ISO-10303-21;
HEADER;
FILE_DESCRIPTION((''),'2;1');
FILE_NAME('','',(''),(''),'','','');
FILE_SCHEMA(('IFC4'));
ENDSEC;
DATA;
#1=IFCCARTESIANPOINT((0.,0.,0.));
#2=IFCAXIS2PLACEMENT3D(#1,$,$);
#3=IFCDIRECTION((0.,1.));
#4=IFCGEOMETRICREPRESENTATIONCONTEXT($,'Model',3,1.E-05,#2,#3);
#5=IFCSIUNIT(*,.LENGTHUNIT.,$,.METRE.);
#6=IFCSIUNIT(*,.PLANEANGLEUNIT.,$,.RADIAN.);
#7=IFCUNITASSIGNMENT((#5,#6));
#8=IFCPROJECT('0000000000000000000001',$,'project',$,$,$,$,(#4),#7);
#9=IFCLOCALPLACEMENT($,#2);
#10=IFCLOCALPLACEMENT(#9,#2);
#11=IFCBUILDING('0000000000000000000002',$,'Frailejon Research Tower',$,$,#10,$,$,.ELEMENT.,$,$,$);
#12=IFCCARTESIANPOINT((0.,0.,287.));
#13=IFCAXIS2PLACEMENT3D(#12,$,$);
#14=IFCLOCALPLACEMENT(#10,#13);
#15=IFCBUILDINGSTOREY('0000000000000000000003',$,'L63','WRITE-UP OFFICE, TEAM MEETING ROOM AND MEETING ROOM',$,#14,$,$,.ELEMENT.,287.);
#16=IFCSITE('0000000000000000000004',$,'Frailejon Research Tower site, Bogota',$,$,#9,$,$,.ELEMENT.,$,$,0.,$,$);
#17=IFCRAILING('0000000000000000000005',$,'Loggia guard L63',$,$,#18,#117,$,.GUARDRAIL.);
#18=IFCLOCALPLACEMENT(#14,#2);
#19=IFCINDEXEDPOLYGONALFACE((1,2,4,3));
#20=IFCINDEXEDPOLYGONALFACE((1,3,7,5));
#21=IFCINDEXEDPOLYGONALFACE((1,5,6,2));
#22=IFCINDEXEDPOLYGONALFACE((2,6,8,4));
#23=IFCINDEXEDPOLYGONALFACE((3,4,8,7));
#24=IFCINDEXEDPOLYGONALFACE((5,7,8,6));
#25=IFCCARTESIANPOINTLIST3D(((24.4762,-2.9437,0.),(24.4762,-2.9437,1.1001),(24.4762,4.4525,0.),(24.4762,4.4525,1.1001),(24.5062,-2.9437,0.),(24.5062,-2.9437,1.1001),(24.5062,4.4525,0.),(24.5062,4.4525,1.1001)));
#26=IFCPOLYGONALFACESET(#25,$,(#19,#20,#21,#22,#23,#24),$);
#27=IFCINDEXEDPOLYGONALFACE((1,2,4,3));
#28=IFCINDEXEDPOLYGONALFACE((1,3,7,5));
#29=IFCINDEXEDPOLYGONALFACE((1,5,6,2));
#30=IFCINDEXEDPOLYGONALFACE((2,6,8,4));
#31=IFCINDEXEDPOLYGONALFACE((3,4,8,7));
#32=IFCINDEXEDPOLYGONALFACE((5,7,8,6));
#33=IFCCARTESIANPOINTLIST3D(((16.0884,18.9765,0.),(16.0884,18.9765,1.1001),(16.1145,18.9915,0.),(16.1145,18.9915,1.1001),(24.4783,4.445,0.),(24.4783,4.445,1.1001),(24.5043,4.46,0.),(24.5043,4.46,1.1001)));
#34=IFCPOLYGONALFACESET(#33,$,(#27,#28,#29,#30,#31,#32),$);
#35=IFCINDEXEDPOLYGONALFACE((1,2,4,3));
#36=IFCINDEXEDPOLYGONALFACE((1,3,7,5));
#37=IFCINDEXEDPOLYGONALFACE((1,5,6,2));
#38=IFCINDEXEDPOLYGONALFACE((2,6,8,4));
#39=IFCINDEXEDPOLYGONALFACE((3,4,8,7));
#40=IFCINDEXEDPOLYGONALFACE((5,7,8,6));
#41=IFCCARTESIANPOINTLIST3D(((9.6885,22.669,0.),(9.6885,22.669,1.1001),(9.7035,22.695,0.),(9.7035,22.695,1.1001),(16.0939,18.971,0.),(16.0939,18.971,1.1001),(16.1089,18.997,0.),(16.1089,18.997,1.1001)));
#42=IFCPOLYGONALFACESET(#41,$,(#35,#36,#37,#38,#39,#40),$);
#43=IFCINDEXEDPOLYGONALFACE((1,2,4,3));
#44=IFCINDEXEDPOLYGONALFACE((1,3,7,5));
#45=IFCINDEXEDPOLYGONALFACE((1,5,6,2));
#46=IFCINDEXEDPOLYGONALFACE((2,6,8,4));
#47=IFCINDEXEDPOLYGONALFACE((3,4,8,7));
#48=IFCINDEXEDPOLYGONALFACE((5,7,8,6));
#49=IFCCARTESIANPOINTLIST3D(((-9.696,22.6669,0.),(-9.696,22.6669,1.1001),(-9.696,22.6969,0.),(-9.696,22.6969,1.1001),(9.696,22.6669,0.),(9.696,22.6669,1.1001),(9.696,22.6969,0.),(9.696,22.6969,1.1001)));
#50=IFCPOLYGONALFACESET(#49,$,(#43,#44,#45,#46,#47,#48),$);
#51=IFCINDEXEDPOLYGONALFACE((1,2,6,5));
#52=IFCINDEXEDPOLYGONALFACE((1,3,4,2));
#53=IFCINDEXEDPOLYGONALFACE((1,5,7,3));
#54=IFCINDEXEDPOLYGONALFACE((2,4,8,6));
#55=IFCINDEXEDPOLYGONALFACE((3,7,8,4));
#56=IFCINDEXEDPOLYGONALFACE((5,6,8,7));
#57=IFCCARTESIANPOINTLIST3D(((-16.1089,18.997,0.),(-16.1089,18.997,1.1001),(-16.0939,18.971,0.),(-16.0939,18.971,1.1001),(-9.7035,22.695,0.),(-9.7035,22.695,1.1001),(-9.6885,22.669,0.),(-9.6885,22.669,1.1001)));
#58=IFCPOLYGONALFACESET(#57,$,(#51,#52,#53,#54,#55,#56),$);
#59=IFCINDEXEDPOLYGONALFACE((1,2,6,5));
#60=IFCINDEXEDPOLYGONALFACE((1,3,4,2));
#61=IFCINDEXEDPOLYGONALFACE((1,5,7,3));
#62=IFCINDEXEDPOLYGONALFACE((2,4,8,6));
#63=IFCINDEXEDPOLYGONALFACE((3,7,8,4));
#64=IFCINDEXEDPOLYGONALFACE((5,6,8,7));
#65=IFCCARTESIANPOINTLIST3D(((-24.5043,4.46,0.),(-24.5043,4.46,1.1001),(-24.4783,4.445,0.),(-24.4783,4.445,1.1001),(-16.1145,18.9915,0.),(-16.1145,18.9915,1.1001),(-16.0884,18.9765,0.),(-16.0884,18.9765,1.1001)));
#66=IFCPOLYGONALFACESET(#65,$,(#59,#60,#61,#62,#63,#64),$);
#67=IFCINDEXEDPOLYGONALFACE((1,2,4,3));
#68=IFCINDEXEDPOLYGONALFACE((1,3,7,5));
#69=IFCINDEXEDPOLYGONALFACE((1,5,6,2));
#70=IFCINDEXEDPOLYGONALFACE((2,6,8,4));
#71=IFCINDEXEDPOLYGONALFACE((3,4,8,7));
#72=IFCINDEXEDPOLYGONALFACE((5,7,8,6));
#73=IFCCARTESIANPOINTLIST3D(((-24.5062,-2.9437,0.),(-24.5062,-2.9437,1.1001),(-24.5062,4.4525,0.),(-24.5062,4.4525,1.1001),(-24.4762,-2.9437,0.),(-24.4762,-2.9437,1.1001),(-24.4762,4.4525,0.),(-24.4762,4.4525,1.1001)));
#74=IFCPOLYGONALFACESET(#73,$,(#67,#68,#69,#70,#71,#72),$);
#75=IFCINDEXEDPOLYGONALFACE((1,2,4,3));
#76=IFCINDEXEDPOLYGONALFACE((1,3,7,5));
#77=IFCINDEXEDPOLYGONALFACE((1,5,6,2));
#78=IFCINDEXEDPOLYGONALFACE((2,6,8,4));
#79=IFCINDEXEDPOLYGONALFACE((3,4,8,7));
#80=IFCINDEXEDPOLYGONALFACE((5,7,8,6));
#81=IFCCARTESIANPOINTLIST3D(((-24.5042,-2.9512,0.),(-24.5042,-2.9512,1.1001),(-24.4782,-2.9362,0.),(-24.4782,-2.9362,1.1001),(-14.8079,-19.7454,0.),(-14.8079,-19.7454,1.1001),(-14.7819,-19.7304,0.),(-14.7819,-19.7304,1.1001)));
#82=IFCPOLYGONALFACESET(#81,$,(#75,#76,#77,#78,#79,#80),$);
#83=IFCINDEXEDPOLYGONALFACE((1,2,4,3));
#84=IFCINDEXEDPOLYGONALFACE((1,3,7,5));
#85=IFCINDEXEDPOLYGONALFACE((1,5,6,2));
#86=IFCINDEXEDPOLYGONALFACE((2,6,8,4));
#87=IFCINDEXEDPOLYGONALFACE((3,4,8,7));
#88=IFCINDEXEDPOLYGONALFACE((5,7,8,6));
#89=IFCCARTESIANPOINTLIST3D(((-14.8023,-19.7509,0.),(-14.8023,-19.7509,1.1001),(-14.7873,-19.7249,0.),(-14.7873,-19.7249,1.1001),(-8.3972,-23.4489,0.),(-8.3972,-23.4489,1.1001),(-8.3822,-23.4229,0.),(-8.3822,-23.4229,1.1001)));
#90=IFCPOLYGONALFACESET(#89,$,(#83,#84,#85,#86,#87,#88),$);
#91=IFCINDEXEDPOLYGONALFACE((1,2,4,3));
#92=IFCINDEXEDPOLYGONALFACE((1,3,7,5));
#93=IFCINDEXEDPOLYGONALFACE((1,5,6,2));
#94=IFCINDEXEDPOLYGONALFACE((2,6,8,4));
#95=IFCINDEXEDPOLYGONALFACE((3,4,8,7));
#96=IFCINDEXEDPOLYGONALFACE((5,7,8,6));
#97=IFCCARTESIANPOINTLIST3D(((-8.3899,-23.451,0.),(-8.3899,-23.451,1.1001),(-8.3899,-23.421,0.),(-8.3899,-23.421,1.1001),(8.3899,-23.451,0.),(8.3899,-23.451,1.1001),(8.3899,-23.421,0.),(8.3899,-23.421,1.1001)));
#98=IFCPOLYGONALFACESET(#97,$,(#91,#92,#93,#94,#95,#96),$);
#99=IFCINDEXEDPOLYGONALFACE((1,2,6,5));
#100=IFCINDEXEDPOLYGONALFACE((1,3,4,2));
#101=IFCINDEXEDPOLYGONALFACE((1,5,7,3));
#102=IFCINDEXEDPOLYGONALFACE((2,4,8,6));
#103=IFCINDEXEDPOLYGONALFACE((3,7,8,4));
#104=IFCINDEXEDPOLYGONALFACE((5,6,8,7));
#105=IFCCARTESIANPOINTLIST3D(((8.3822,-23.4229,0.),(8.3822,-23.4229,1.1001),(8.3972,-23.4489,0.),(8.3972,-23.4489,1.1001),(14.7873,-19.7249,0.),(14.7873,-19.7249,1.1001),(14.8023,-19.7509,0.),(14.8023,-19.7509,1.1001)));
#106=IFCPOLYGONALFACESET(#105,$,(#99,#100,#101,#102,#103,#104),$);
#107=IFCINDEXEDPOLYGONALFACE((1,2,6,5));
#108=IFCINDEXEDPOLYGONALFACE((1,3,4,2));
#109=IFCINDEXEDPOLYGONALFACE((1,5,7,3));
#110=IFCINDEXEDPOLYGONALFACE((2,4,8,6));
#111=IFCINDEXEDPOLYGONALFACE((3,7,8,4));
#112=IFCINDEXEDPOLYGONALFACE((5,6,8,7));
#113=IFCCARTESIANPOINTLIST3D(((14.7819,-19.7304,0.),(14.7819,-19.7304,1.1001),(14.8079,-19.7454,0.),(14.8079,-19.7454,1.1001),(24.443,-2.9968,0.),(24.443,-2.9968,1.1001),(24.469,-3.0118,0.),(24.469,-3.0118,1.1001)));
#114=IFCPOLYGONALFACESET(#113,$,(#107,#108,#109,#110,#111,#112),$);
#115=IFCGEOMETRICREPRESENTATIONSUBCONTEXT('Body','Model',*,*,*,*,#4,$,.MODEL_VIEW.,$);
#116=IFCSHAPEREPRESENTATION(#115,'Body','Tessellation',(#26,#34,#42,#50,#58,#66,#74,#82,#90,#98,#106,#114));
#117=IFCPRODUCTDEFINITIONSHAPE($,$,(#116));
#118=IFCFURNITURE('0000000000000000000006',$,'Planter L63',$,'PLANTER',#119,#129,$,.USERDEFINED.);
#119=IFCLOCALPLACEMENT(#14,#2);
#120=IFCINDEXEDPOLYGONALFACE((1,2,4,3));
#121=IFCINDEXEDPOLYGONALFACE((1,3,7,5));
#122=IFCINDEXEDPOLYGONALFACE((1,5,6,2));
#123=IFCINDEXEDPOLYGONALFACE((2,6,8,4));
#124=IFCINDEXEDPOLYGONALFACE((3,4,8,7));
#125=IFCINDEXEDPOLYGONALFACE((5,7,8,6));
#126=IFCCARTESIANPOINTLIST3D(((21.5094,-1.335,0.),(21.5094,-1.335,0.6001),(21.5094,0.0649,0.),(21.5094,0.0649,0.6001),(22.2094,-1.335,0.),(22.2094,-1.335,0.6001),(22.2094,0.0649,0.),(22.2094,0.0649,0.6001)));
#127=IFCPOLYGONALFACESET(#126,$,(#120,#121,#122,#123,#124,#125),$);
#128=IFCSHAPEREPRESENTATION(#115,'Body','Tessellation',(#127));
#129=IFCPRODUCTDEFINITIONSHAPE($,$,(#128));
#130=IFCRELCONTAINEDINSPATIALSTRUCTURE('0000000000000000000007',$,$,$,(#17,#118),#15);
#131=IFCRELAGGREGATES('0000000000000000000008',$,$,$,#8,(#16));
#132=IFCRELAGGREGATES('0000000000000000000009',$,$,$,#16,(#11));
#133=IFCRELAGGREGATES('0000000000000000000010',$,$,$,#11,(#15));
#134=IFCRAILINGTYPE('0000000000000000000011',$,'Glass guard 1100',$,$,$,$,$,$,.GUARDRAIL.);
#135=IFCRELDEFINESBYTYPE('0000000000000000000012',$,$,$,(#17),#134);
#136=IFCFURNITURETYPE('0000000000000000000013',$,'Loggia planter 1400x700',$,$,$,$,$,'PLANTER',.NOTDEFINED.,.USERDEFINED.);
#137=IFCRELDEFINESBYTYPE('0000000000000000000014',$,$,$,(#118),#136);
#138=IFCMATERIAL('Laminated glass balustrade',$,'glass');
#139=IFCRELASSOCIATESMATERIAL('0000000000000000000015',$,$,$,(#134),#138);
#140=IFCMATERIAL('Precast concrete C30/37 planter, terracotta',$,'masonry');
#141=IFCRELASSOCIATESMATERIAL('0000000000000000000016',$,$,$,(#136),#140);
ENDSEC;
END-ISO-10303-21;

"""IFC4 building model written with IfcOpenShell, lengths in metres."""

from ifc_helpers import new_model, si_unit, direction, frame, origin, origin_2d, place, context, subcontext, project, spatial, rectangle, extrude, material, type_object, element, save


model = new_model("IFC4")

# Units and contexts
model_context = context("Model", 3, precision=1e-05, world=origin(), true_north=direction((0.0, 1.0)))
body_context = subcontext(model_context, "Body", "Model", "MODEL_VIEW")
ifc_project = project(units=[si_unit("LENGTHUNIT", "METRE"), si_unit("PLANEANGLEUNIT", "RADIAN")], contexts=[model_context])

# Site, building, storey
site_placement = place(None, origin())
site = spatial("IfcSite", under=ifc_project, at=site_placement, Name="Frailejon Research Tower site, Bogota", CompositionType="ELEMENT", RefElevation=0.0)
building_placement = place(site_placement, origin())
building = spatial("IfcBuilding", under=site, at=building_placement, Name="Frailejon Research Tower", CompositionType="ELEMENT")
storey_placement = place(building_placement, frame((0.0, 0.0, 287.0)))
storey = spatial("IfcBuildingStorey", under=building, at=storey_placement, Name="L63", Description="WRITE-UP OFFICE, TEAM MEETING ROOM AND MEETING ROOM", CompositionType="ELEMENT", Elevation=287.0)

# Railing
ifc_material_1 = material(Name="Laminated glass balustrade", Category="glass")
railing_type = type_object("IfcRailingType", Name="Glass guard 1100", PredefinedType="GUARDRAIL", material=ifc_material_1)
railing_placement = place(storey_placement, frame((24.4912, -2.9438, 0.0)))
element("IfcRailing", 1, at=railing_placement, inside=storey, type_object=railing_type, Name="Loggia guard L63", PredefinedType="GUARDRAIL", context=body_context, shape_type="SweptSolid", body=[
    extrude(rectangle(XDim=7.3962, YDim=0.03, at=origin_2d()), frame((0.0, 3.6982, 0.0), z_axis=(0.0, 0.0, 1.0), x_axis=(0.0, 1.0, 0.0)), (0.0, 0.0, 1.0), 1.1001),
    extrude(rectangle(XDim=16.7795, YDim=0.03, at=origin_2d()), frame((-4.1948, 14.6621, 0.0), z_axis=(0.0, 0.0, 1.0), x_axis=(-0.500006, 0.866022, 0.0)), (0.0, 0.0, 1.0), 1.1001),
    extrude(rectangle(XDim=7.3962, YDim=0.03, at=origin_2d()), frame((-11.5925, 23.7769, 0.0), z_axis=(0.0, 0.0, 1.0), x_axis=(-0.866031, 0.499991, 0.0)), (0.0, 0.0, 1.0), 1.1001),
    extrude(rectangle(XDim=19.3921, YDim=0.03, at=origin_2d()), frame((-24.4912, 25.6257, 0.0), z_axis=(0.0, 0.0, 1.0), x_axis=(-1.0, 0.0, 0.0)), (0.0, 0.0, 1.0), 1.1001),
    extrude(rectangle(XDim=7.3962, YDim=0.03, at=origin_2d()), frame((-37.3899, 23.7769, 0.0), z_axis=(0.0, 0.0, 1.0), x_axis=(-0.866031, -0.499991, 0.0)), (0.0, 0.0, 1.0), 1.1001),
    extrude(rectangle(XDim=16.7795, YDim=0.03, at=origin_2d()), frame((-44.7876, 14.6621, 0.0), z_axis=(0.0, 0.0, 1.0), x_axis=(-0.500006, -0.866022, 0.0)), (0.0, 0.0, 1.0), 1.1001),
    extrude(rectangle(XDim=7.3962, YDim=0.03, at=origin_2d()), frame((-48.9824, 3.6982, 0.0), z_axis=(0.0, 0.0, 1.0), x_axis=(0.0, -1.0, 0.0)), (0.0, 0.0, 1.0), 1.1001),
    extrude(rectangle(XDim=19.3923, YDim=0.03, at=origin_2d()), frame((-44.1343, -8.397, 0.0), z_axis=(0.0, 0.0, 1.0), x_axis=(0.500006, -0.866022, 0.0)), (0.0, 0.0, 1.0), 1.1001),
    extrude(rectangle(XDim=7.396, YDim=0.03, at=origin_2d()), frame((-36.0835, -18.6431, 0.0), z_axis=(0.0, 0.0, 1.0), x_axis=(0.866022, -0.500005, 0.0)), (0.0, 0.0, 1.0), 1.1001),
    extrude(rectangle(XDim=16.7798, YDim=0.03, at=origin_2d()), frame((-24.4912, -20.4922, 0.0), z_axis=(0.0, 0.0, 1.0), x_axis=(1.0, 0.0, 0.0)), (0.0, 0.0, 1.0), 1.1001),
    extrude(rectangle(XDim=7.396, YDim=0.03, at=origin_2d()), frame((-12.8989, -18.6431, 0.0), z_axis=(0.0, 0.0, 1.0), x_axis=(0.866022, 0.500005, 0.0)), (0.0, 0.0, 1.0), 1.1001),
    extrude(rectangle(XDim=19.3223, YDim=0.03, at=origin_2d()), frame((-4.8657, -8.4272, 0.0), z_axis=(0.0, 0.0, 1.0), x_axis=(0.499998, 0.866026, 0.0)), (0.0, 0.0, 1.0), 1.1001),
])

# Furniture
ifc_material_2 = material(Name="Precast concrete C30/37 planter, terracotta", Category="masonry")
furniture_type = type_object("IfcFurnitureType", Name="Loggia planter 1400x700", ElementType="PLANTER", AssemblyPlace="NOTDEFINED", PredefinedType="USERDEFINED", material=ifc_material_2)
furniture_placement = place(storey_placement, frame((21.8594, -0.635, 0.0), z_axis=(0.0, 0.0, 1.0), x_axis=(0.0, 1.0, 0.0)))
element("IfcFurniture", 2, at=furniture_placement, inside=storey, type_object=furniture_type, Name="Planter L63", ObjectType="PLANTER", PredefinedType="USERDEFINED", context=body_context, shape_type="SweptSolid", body=[
    extrude(rectangle(XDim=1.3999, YDim=0.7, at=origin_2d()), origin(), (0.0, 0.0, 1.0), 0.6001),
])

save(model, "model.ifc")
